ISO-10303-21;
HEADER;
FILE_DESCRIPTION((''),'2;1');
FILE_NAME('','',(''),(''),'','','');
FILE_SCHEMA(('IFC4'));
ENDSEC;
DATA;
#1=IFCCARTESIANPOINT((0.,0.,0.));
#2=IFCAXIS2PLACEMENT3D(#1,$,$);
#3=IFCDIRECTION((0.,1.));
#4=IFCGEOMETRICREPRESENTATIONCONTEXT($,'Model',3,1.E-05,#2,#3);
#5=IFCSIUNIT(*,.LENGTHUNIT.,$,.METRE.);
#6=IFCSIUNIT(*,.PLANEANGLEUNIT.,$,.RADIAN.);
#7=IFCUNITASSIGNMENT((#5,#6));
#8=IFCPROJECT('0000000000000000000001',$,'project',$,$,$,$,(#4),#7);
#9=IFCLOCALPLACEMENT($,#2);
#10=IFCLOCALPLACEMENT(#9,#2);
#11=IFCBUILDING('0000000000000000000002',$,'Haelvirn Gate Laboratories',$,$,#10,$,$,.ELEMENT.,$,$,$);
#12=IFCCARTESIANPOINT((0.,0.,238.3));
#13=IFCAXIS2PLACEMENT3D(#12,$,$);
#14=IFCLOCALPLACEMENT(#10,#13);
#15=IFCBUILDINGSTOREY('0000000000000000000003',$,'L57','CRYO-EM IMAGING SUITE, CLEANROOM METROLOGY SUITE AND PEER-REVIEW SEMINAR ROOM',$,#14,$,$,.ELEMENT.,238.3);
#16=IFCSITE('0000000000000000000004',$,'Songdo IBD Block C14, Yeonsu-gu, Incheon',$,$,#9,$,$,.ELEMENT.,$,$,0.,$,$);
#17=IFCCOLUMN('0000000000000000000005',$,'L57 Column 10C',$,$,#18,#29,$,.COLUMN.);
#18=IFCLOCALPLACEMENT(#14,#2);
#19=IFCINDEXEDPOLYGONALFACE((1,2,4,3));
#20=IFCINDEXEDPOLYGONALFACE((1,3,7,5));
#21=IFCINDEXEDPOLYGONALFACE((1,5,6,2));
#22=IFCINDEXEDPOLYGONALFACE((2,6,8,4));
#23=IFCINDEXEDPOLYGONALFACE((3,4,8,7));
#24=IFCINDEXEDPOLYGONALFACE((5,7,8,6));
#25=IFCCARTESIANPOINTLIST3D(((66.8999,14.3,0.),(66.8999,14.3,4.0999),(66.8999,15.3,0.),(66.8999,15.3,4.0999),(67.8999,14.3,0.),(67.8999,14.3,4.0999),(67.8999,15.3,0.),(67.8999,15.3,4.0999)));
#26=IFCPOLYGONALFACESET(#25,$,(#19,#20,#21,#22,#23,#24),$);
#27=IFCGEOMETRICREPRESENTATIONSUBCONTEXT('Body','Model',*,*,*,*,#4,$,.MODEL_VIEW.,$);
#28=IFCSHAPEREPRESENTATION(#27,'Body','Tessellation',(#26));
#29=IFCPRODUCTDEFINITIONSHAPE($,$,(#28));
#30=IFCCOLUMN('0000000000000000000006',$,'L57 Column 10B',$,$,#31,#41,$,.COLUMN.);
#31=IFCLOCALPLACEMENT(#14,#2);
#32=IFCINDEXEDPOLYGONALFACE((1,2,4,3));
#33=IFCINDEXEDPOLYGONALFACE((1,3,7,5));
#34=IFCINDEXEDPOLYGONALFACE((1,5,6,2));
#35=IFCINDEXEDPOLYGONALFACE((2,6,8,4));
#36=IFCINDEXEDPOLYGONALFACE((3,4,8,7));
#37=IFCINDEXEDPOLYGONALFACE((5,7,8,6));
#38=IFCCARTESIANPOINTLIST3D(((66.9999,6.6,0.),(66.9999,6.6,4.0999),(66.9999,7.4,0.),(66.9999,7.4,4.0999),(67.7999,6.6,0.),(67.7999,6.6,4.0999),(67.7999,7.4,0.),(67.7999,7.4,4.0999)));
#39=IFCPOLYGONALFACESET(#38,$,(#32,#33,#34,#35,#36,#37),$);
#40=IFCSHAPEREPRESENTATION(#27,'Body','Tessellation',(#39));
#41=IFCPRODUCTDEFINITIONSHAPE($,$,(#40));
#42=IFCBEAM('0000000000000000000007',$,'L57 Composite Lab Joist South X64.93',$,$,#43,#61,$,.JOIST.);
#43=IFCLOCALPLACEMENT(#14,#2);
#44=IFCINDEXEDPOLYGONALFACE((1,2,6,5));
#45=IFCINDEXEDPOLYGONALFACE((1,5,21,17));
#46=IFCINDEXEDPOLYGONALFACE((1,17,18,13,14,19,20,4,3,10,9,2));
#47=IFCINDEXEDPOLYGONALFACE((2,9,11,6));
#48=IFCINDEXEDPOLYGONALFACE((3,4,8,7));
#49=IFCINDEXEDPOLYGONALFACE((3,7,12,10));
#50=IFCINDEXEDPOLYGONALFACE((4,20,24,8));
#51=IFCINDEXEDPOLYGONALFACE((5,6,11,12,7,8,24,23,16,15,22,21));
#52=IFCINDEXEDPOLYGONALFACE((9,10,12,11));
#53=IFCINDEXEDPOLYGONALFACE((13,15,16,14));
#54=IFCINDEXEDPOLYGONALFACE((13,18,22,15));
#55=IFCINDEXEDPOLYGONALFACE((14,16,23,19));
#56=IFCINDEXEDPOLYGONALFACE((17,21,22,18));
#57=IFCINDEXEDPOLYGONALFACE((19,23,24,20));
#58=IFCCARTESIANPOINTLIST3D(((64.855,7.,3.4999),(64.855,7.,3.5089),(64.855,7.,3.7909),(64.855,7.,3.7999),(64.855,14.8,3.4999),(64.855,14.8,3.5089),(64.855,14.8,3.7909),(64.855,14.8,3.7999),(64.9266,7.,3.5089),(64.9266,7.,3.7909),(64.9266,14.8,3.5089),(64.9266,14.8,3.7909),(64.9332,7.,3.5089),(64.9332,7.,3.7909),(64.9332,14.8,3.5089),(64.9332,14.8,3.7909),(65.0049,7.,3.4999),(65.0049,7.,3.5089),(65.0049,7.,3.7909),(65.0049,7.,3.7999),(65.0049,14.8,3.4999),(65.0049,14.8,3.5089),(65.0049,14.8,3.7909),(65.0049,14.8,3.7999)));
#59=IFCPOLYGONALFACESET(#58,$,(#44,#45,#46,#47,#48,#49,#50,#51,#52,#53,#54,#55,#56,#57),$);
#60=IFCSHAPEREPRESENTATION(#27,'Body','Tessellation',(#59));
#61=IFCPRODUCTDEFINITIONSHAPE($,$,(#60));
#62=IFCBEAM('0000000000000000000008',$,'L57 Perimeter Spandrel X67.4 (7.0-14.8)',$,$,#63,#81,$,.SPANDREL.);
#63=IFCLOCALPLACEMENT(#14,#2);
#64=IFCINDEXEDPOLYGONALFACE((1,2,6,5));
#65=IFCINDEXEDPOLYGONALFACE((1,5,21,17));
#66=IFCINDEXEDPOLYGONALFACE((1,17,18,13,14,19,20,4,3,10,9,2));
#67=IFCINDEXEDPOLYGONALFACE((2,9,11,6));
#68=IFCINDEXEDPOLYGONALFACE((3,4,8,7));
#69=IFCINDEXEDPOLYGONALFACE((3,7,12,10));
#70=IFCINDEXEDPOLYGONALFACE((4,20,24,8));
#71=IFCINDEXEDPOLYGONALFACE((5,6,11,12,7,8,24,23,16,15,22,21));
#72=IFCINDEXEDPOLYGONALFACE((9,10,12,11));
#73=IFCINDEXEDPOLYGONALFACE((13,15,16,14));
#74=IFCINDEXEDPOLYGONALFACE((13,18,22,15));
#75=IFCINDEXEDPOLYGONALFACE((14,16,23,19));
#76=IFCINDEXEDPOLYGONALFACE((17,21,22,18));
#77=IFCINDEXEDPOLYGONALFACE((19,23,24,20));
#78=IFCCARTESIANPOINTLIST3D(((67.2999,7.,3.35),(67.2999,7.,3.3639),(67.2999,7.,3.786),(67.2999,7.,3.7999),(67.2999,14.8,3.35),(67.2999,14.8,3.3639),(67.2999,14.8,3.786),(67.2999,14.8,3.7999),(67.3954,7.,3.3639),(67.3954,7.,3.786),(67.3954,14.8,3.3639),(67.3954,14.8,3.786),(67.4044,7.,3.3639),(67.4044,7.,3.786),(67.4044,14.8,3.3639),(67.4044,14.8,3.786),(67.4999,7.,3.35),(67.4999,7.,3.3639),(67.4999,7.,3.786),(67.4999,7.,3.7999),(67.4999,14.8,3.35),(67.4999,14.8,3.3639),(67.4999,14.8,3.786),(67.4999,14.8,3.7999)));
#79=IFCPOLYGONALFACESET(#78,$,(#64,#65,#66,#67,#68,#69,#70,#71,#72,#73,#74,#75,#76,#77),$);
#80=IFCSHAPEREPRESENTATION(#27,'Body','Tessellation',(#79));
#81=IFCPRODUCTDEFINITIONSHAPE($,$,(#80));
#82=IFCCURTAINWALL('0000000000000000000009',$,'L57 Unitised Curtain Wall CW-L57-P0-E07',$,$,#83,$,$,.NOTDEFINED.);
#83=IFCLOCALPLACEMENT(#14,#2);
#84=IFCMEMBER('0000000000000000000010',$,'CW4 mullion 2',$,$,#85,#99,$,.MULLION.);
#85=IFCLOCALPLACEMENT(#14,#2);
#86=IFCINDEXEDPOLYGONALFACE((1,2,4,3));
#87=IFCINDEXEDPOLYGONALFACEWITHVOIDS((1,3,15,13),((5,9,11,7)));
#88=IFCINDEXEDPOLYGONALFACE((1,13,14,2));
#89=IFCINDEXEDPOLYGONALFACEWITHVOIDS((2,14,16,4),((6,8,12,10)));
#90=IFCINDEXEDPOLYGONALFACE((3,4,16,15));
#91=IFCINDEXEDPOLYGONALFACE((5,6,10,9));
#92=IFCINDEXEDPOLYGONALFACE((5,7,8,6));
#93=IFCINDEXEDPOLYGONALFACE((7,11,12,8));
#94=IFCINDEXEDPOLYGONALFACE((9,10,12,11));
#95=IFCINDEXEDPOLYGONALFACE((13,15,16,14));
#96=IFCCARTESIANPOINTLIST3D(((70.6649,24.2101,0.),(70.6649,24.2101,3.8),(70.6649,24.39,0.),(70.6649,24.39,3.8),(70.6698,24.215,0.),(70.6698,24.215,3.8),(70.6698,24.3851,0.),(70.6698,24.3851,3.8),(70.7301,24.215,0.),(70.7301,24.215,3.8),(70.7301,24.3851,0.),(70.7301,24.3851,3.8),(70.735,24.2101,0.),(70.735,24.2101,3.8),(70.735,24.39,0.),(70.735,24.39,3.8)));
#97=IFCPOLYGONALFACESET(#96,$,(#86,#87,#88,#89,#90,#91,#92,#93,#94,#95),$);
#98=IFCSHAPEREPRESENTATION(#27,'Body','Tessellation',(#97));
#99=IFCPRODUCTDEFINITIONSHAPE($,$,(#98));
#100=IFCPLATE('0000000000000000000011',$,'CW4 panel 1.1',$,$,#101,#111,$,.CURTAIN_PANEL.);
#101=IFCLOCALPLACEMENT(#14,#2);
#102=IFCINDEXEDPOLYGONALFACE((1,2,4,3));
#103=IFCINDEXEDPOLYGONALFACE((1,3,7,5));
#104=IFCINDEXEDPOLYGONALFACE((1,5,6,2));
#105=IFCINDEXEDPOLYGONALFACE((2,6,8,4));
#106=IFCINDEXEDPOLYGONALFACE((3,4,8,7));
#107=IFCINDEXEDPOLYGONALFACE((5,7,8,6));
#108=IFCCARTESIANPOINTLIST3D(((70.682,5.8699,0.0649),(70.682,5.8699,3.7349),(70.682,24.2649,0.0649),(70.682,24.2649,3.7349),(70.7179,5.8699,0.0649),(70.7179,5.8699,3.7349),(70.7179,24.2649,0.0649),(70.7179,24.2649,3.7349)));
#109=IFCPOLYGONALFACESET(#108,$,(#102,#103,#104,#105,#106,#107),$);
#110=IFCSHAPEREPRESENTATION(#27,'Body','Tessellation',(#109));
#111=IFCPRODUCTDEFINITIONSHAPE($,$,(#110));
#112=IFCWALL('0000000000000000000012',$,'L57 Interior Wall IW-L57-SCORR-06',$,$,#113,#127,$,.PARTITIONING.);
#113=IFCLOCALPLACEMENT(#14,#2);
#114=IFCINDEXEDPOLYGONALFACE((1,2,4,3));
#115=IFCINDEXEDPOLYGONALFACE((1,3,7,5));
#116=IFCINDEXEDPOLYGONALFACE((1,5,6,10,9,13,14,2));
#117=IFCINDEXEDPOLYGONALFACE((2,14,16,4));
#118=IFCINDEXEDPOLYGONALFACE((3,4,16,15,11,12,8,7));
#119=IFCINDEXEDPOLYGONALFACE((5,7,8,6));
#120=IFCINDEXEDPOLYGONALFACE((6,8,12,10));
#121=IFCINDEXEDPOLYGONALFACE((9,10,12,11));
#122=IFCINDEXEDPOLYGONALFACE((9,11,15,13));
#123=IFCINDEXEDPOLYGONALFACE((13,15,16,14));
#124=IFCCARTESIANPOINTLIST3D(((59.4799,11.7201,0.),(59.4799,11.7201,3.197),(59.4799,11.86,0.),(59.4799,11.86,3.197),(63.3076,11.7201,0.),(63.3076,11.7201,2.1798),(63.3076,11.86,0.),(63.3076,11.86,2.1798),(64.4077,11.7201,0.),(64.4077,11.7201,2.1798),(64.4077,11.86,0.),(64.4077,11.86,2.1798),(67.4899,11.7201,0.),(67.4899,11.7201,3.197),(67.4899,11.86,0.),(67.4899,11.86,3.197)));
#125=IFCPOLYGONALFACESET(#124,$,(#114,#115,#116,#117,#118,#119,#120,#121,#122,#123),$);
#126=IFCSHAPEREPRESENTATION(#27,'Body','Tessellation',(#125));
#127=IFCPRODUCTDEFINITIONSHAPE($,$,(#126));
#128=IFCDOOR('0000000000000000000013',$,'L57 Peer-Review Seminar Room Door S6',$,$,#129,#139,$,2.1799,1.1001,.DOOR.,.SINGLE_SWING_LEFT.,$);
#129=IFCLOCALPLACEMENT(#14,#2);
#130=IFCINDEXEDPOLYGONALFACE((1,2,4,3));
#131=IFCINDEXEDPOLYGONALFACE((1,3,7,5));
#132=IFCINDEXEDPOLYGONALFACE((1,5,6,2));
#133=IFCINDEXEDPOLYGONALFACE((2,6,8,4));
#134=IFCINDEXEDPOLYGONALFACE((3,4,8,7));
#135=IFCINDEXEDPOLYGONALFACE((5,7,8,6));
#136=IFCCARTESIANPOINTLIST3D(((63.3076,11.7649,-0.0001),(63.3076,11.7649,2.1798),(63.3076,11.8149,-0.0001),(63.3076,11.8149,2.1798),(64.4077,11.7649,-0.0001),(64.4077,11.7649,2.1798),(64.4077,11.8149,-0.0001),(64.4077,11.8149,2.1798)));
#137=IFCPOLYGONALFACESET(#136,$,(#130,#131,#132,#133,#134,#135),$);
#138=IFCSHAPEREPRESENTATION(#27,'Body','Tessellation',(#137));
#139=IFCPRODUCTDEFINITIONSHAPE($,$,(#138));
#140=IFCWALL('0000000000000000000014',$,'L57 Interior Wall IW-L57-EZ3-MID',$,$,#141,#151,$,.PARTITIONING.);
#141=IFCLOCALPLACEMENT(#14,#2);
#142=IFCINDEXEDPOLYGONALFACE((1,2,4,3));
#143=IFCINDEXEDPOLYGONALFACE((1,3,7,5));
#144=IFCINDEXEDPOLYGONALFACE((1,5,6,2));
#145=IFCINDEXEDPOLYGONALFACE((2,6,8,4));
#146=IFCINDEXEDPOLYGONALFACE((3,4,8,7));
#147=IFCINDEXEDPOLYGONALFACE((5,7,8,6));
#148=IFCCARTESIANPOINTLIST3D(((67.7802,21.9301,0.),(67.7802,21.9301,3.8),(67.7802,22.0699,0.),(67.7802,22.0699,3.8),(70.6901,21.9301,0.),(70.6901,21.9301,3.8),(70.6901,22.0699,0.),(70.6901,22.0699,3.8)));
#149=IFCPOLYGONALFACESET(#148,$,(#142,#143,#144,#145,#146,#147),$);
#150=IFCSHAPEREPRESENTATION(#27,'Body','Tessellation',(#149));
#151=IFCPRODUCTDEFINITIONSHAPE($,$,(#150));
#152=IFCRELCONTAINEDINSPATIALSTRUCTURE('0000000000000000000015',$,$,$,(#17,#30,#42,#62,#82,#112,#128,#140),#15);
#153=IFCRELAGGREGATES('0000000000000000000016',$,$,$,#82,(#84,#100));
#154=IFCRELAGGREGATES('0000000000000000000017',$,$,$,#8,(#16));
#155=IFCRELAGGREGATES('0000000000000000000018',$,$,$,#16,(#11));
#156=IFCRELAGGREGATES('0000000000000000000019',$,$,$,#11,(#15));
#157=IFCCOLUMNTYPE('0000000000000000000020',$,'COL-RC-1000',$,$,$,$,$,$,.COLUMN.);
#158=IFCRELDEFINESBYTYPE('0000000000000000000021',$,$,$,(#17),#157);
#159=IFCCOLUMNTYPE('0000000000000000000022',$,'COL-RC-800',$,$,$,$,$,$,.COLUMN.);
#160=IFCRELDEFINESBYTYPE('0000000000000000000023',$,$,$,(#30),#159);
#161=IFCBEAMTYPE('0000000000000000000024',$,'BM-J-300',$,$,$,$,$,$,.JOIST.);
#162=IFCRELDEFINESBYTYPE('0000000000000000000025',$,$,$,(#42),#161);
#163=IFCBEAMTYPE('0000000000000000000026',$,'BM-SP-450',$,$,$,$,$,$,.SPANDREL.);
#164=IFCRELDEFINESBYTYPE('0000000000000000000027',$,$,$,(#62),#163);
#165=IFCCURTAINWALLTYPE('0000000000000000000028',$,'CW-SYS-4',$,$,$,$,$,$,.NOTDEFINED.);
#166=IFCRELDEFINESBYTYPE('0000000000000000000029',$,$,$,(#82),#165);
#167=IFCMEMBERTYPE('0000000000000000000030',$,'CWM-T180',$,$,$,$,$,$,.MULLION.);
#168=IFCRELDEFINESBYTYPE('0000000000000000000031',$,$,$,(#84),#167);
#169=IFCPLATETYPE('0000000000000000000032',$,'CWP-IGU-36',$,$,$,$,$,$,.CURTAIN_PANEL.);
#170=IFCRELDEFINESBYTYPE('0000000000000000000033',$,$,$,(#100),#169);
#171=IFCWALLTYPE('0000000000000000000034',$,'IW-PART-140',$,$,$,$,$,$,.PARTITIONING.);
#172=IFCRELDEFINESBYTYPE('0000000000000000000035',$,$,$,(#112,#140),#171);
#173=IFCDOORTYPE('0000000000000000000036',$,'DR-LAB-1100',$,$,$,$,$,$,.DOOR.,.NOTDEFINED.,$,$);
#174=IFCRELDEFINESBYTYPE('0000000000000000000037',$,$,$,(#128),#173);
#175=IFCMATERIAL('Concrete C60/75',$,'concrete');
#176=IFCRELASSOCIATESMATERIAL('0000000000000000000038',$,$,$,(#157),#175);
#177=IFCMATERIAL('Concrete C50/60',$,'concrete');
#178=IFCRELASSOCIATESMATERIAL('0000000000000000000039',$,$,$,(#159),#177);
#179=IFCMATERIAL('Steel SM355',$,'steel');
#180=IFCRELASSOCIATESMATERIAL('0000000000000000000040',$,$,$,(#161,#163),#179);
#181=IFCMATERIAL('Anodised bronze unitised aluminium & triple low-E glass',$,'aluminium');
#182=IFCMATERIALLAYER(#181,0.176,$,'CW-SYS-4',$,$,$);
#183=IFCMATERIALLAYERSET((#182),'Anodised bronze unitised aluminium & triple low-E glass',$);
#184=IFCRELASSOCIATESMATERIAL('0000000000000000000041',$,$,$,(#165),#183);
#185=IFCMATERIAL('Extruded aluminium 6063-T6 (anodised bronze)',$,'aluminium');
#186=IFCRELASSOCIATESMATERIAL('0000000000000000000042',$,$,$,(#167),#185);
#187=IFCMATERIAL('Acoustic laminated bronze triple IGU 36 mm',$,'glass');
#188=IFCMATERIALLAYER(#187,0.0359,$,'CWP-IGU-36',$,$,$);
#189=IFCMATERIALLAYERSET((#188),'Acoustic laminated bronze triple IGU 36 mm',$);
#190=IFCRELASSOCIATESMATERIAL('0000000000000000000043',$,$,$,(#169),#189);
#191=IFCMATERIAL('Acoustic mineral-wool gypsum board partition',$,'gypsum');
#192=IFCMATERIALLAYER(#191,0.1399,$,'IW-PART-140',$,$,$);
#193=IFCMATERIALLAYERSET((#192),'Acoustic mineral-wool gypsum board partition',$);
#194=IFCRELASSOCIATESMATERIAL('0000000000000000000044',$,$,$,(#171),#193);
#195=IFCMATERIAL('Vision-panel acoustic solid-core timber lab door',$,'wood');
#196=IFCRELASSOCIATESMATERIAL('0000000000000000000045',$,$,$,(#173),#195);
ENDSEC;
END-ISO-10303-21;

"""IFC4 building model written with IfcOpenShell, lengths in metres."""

from ifc_helpers import new_model, si_unit, direction, frame, frame_2d, origin, origin_2d, place, context, subcontext, project, spatial, rectangle, hollow_rectangle, i_section, extrude, source, transform, mapped, material, layer, layer_set, material_profile, profile_set, type_object, type_shapes, element, fill, aggregate, save


model = new_model("IFC4")

# Units and contexts
model_context = context("Model", 3, precision=1e-05, world=origin(), true_north=direction((0.0, 1.0)))
body_context = subcontext(model_context, "Body", "Model", "MODEL_VIEW")
ifc_project = project(units=[si_unit("LENGTHUNIT", "METRE"), si_unit("PLANEANGLEUNIT", "RADIAN")], contexts=[model_context])

# Site, building, storey
site_placement = place(None, origin())
site = spatial("IfcSite", under=ifc_project, at=site_placement, Name="Songdo IBD Block C14, Yeonsu-gu, Incheon", CompositionType="ELEMENT", RefElevation=0.0)
building_placement = place(site_placement, origin())
building = spatial("IfcBuilding", under=site, at=building_placement, Name="Haelvirn Gate Laboratories", CompositionType="ELEMENT")
storey_placement = place(building_placement, frame((0.0, 0.0, 238.3)))
storey = spatial("IfcBuildingStorey", under=building, at=storey_placement, Name="L57", Description="CRYO-EM IMAGING SUITE, CLEANROOM METROLOGY SUITE AND PEER-REVIEW SEMINAR ROOM", CompositionType="ELEMENT", Elevation=238.3)

# Columns
ifc_material_1 = material(Name="Concrete C60/75", Category="concrete")
ifc_material_profile_1 = material_profile(ifc_material_1, rectangle(XDim=1.0, YDim=1.0, at=origin_2d()), Name="RC-1000x1000")
ifc_profile_set_1 = profile_set([ifc_material_profile_1], Name="Concrete C60/75")
column_type_1 = type_object("IfcColumnType", Name="COL-RC-1000", PredefinedType="COLUMN", material=ifc_profile_set_1)
shared_shape_1 = source(origin(), body_context, "Body", "SweptSolid", [
    extrude(rectangle(XDim=1.0, YDim=1.0, at=origin_2d()), origin(), (0.0, 0.0, 1.0), 4.0999),
])
type_shapes(column_type_1, [shared_shape_1])
column_1_placement = place(storey_placement, frame((67.3999, 14.8, 0.0), z_axis=(0.0, 0.0, 1.0), x_axis=(1.0, 0.0, 0.0)))
element("IfcColumn", 1, at=column_1_placement, inside=storey, type_object=column_type_1, Name="L57 Column 10C", PredefinedType="COLUMN", context=body_context, shape_type="MappedRepresentation", body=[
    mapped(shared_shape_1, transform((0.0, 0.0, 0.0), scale=1.0)),
])
ifc_material_2 = material(Name="Concrete C50/60", Category="concrete")
ifc_material_profile_2 = material_profile(ifc_material_2, rectangle(XDim=0.8, YDim=0.8, at=origin_2d()), Name="RC-800x800")
ifc_profile_set_2 = profile_set([ifc_material_profile_2], Name="Concrete C50/60")
column_type_2 = type_object("IfcColumnType", Name="COL-RC-800", PredefinedType="COLUMN", material=ifc_profile_set_2)
shared_shape_2 = source(origin(), body_context, "Body", "SweptSolid", [
    extrude(rectangle(XDim=0.8, YDim=0.8, at=origin_2d()), origin(), (0.0, 0.0, 1.0), 4.0999),
])
type_shapes(column_type_2, [shared_shape_2])
column_2_placement = place(storey_placement, frame((67.3999, 7.0, 0.0), z_axis=(0.0, 0.0, 1.0), x_axis=(1.0, 0.0, 0.0)))
element("IfcColumn", 2, at=column_2_placement, inside=storey, type_object=column_type_2, Name="L57 Column 10B", PredefinedType="COLUMN", context=body_context, shape_type="MappedRepresentation", body=[
    mapped(shared_shape_2, transform((0.0, 0.0, 0.0), scale=1.0)),
])

# Beams
ifc_material_3 = material(Name="Steel SM355", Category="steel")
ifc_material_profile_3 = material_profile(ifc_material_3, i_section(OverallWidth=0.1499, OverallDepth=0.3, WebThickness=0.0066, FlangeThickness=0.009, at=origin_2d()), Name="H-300x150x6.5x9")
ifc_profile_set_3 = profile_set([ifc_material_profile_3], Name="Steel SM355")
beam_type_1 = type_object("IfcBeamType", Name="BM-J-300", PredefinedType="JOIST", material=ifc_profile_set_3)
shared_shape_3 = source(origin(), body_context, "Body", "SweptSolid", [
    extrude(i_section(OverallWidth=0.1499, OverallDepth=0.3, WebThickness=0.0066, FlangeThickness=0.009, at=origin_2d()), origin(), (0.0, 0.0, 1.0), 7.8),
])
type_shapes(beam_type_1, [shared_shape_3])
beam_1_placement = place(storey_placement, frame((64.9299, 7.0, 3.6499), z_axis=(0.0, 1.0, 0.0), x_axis=(-1.0, 0.0, 0.0)))
element("IfcBeam", 3, at=beam_1_placement, inside=storey, type_object=beam_type_1, Name="L57 Composite Lab Joist South X64.93", PredefinedType="JOIST", context=body_context, shape_type="MappedRepresentation", body=[
    mapped(shared_shape_3, transform((0.0, 0.0, 0.0), scale=1.0)),
])
ifc_material_profile_4 = material_profile(ifc_material_3, i_section(OverallWidth=0.2, OverallDepth=0.45, WebThickness=0.009, FlangeThickness=0.0139, at=origin_2d()), Name="H-450x200x9x14")
ifc_profile_set_4 = profile_set([ifc_material_profile_4], Name="Steel SM355")
beam_type_2 = type_object("IfcBeamType", Name="BM-SP-450", PredefinedType="SPANDREL", material=ifc_profile_set_4)
shared_shape_4 = source(origin(), body_context, "Body", "SweptSolid", [
    extrude(i_section(OverallWidth=0.2, OverallDepth=0.45, WebThickness=0.009, FlangeThickness=0.0139, at=origin_2d()), origin(), (0.0, 0.0, 1.0), 7.8),
])
type_shapes(beam_type_2, [shared_shape_4])
beam_2_placement = place(storey_placement, frame((67.3999, 7.0, 3.575), z_axis=(0.0, 1.0, 0.0), x_axis=(-1.0, 0.0, 0.0)))
element("IfcBeam", 4, at=beam_2_placement, inside=storey, type_object=beam_type_2, Name="L57 Perimeter Spandrel X67.4 (7.0-14.8)", PredefinedType="SPANDREL", context=body_context, shape_type="MappedRepresentation", body=[
    mapped(shared_shape_4, transform((0.0, 0.0, 0.0), scale=1.0)),
])

# Curtain wall, member, plate
ifc_material_4 = material(Name="Anodised bronze unitised aluminium & triple low-E glass", Category="aluminium")
ifc_layer_1 = layer(ifc_material_4, 0.176, Name="CW-SYS-4")
ifc_layer_set_1 = layer_set([ifc_layer_1], Name="Anodised bronze unitised aluminium & triple low-E glass")
curtain_wall_type = type_object("IfcCurtainWallType", Name="CW-SYS-4", PredefinedType="NOTDEFINED", material=ifc_layer_set_1)
curtain_wall_placement = place(storey_placement, origin())
curtain_wall = element("IfcCurtainWall", 5, at=curtain_wall_placement, inside=storey, type_object=curtain_wall_type, Name="L57 Unitised Curtain Wall CW-L57-P0-E07", PredefinedType="NOTDEFINED")
ifc_material_5 = material(Name="Extruded aluminium 6063-T6 (anodised bronze)", Category="aluminium")
ifc_material_profile_5 = material_profile(ifc_material_5, hollow_rectangle(XDim=0.0701, YDim=0.1799, WallThickness=0.0049, at=origin_2d()), Name="CWM-180x70x5")
ifc_profile_set_5 = profile_set([ifc_material_profile_5], Name="Extruded aluminium 6063-T6 (anodised bronze)")
member_type = type_object("IfcMemberType", Name="CWM-T180", PredefinedType="MULLION", material=ifc_profile_set_5)
shared_shape_5 = source(origin(), body_context, "Body", "SweptSolid", [
    extrude(hollow_rectangle(XDim=0.0701, YDim=0.1799, WallThickness=0.0049, at=origin_2d()), origin(), (0.0, 0.0, 1.0), 3.8),
])
type_shapes(member_type, [shared_shape_5])
member_placement = place(storey_placement, frame((70.7, 24.3, 0.0), z_axis=(0.0, 0.0, 1.0), x_axis=(-1.0, 0.0, 0.0)))
member = element("IfcMember", 6, at=member_placement, type_object=member_type, Name="CW4 mullion 2", PredefinedType="MULLION", context=body_context, shape_type="MappedRepresentation", body=[
    mapped(shared_shape_5, transform((0.0, 0.0, 0.0), scale=1.0)),
])
ifc_material_6 = material(Name="Acoustic laminated bronze triple IGU 36 mm", Category="glass")
ifc_layer_2 = layer(ifc_material_6, 0.0359, Name="CWP-IGU-36")
ifc_layer_set_2 = layer_set([ifc_layer_2], Name="Acoustic laminated bronze triple IGU 36 mm")
plate_type = type_object("IfcPlateType", Name="CWP-IGU-36", PredefinedType="CURTAIN_PANEL", material=ifc_layer_set_2)
shared_shape_6 = source(origin(), body_context, "Body", "SweptSolid", [
    extrude(rectangle(XDim=18.395, YDim=0.0359, at=origin_2d()), origin(), (0.0, 0.0, 1.0), 3.6699),
])
type_shapes(plate_type, [shared_shape_6])
plate_placement = place(storey_placement, frame((70.7, 15.0674, 0.0649), z_axis=(0.0, 0.0, 1.0), x_axis=(0.0, 1.0, 0.0)))
plate = element("IfcPlate", 7, at=plate_placement, type_object=plate_type, Name="CW4 panel 1.1", PredefinedType="CURTAIN_PANEL", context=body_context, shape_type="MappedRepresentation", body=[
    mapped(shared_shape_6, transform((0.0, 0.0, 0.0), scale=1.0)),
])
aggregate(curtain_wall, [member, plate])

# Wall, opening, door
ifc_material_7 = material(Name="Acoustic mineral-wool gypsum board partition", Category="gypsum")
ifc_layer_3 = layer(ifc_material_7, 0.1399, Name="IW-PART-140")
ifc_layer_set_3 = layer_set([ifc_layer_3], Name="Acoustic mineral-wool gypsum board partition")
wall_type_1 = type_object("IfcWallType", Name="IW-PART-140", PredefinedType="PARTITIONING", material=ifc_layer_set_3)
wall_1_placement = place(storey_placement, frame((59.48, 11.79, 0.0), z_axis=(0.0, 0.0, 1.0), x_axis=(1.0, 0.0, 0.0)))
wall_1 = element("IfcWall", 8, at=wall_1_placement, inside=storey, type_object=wall_type_1, Name="L57 Interior Wall IW-L57-SCORR-06", PredefinedType="PARTITIONING", context=body_context, shape_type="SweptSolid", body=[
    extrude(rectangle(XDim=8.01, YDim=0.1399, at=frame_2d((4.0049, 0.0))), origin(), (0.0, 0.0, 1.0), 3.197),
])
opening_1_placement = place(wall_1_placement, frame((3.8276, 0.0, 0.0)))
opening_1 = element("IfcOpeningElement", 9, at=opening_1_placement, cuts=wall_1, PredefinedType="OPENING", context=body_context, shape_type="SweptSolid", body=[
    extrude(rectangle(XDim=1.1001, YDim=2.1799, at=frame_2d((0.55, 1.0898))), frame((0.0, 0.0801, 0.0), z_axis=(0.0, -1.0, 0.0), x_axis=(1.0, 0.0, 0.0)), (0.0, 0.0, 1.0), 0.1599),
])
ifc_material_8 = material(Name="Vision-panel acoustic solid-core timber lab door", Category="wood")
door_type_1 = type_object("IfcDoorType", Name="DR-LAB-1100", OperationType="NOTDEFINED", PredefinedType="DOOR", material=ifc_material_8)
shared_shape_7 = source(origin(), body_context, "Body", "SweptSolid", [
    extrude(rectangle(XDim=1.1001, YDim=2.1799, at=frame_2d((0.55, 1.0898))), frame((0.0, 0.0249, 0.0), z_axis=(0.0, -1.0, 0.0), x_axis=(1.0, 0.0, 0.0)), (0.0, 0.0, 1.0), 0.05),
])
type_shapes(door_type_1, [shared_shape_7])
door_1_placement = place(opening_1_placement, origin())
door_1 = element("IfcDoor", 10, at=door_1_placement, inside=storey, type_object=door_type_1, Name="L57 Peer-Review Seminar Room Door S6", OperationType="SINGLE_SWING_LEFT", OverallHeight=2.1799, OverallWidth=1.1001, PredefinedType="DOOR", context=body_context, shape_type="MappedRepresentation", body=[
    mapped(shared_shape_7, transform((0.0, 0.0, 0.0), scale=1.0)),
])
fill(opening_1, door_1)

# Wall
wall_2_placement = place(storey_placement, frame((67.78, 22.0, 0.0), z_axis=(0.0, 0.0, 1.0), x_axis=(1.0, 0.0, 0.0)))
element("IfcWall", 11, at=wall_2_placement, inside=storey, type_object=wall_type_1, Name="L57 Interior Wall IW-L57-EZ3-MID", PredefinedType="PARTITIONING", context=body_context, shape_type="SweptSolid", body=[
    extrude(rectangle(XDim=2.9099, YDim=0.1399, at=frame_2d((1.4551, 0.0))), origin(), (0.0, 0.0, 1.0), 3.8),
])

save(model, "model.ifc")
